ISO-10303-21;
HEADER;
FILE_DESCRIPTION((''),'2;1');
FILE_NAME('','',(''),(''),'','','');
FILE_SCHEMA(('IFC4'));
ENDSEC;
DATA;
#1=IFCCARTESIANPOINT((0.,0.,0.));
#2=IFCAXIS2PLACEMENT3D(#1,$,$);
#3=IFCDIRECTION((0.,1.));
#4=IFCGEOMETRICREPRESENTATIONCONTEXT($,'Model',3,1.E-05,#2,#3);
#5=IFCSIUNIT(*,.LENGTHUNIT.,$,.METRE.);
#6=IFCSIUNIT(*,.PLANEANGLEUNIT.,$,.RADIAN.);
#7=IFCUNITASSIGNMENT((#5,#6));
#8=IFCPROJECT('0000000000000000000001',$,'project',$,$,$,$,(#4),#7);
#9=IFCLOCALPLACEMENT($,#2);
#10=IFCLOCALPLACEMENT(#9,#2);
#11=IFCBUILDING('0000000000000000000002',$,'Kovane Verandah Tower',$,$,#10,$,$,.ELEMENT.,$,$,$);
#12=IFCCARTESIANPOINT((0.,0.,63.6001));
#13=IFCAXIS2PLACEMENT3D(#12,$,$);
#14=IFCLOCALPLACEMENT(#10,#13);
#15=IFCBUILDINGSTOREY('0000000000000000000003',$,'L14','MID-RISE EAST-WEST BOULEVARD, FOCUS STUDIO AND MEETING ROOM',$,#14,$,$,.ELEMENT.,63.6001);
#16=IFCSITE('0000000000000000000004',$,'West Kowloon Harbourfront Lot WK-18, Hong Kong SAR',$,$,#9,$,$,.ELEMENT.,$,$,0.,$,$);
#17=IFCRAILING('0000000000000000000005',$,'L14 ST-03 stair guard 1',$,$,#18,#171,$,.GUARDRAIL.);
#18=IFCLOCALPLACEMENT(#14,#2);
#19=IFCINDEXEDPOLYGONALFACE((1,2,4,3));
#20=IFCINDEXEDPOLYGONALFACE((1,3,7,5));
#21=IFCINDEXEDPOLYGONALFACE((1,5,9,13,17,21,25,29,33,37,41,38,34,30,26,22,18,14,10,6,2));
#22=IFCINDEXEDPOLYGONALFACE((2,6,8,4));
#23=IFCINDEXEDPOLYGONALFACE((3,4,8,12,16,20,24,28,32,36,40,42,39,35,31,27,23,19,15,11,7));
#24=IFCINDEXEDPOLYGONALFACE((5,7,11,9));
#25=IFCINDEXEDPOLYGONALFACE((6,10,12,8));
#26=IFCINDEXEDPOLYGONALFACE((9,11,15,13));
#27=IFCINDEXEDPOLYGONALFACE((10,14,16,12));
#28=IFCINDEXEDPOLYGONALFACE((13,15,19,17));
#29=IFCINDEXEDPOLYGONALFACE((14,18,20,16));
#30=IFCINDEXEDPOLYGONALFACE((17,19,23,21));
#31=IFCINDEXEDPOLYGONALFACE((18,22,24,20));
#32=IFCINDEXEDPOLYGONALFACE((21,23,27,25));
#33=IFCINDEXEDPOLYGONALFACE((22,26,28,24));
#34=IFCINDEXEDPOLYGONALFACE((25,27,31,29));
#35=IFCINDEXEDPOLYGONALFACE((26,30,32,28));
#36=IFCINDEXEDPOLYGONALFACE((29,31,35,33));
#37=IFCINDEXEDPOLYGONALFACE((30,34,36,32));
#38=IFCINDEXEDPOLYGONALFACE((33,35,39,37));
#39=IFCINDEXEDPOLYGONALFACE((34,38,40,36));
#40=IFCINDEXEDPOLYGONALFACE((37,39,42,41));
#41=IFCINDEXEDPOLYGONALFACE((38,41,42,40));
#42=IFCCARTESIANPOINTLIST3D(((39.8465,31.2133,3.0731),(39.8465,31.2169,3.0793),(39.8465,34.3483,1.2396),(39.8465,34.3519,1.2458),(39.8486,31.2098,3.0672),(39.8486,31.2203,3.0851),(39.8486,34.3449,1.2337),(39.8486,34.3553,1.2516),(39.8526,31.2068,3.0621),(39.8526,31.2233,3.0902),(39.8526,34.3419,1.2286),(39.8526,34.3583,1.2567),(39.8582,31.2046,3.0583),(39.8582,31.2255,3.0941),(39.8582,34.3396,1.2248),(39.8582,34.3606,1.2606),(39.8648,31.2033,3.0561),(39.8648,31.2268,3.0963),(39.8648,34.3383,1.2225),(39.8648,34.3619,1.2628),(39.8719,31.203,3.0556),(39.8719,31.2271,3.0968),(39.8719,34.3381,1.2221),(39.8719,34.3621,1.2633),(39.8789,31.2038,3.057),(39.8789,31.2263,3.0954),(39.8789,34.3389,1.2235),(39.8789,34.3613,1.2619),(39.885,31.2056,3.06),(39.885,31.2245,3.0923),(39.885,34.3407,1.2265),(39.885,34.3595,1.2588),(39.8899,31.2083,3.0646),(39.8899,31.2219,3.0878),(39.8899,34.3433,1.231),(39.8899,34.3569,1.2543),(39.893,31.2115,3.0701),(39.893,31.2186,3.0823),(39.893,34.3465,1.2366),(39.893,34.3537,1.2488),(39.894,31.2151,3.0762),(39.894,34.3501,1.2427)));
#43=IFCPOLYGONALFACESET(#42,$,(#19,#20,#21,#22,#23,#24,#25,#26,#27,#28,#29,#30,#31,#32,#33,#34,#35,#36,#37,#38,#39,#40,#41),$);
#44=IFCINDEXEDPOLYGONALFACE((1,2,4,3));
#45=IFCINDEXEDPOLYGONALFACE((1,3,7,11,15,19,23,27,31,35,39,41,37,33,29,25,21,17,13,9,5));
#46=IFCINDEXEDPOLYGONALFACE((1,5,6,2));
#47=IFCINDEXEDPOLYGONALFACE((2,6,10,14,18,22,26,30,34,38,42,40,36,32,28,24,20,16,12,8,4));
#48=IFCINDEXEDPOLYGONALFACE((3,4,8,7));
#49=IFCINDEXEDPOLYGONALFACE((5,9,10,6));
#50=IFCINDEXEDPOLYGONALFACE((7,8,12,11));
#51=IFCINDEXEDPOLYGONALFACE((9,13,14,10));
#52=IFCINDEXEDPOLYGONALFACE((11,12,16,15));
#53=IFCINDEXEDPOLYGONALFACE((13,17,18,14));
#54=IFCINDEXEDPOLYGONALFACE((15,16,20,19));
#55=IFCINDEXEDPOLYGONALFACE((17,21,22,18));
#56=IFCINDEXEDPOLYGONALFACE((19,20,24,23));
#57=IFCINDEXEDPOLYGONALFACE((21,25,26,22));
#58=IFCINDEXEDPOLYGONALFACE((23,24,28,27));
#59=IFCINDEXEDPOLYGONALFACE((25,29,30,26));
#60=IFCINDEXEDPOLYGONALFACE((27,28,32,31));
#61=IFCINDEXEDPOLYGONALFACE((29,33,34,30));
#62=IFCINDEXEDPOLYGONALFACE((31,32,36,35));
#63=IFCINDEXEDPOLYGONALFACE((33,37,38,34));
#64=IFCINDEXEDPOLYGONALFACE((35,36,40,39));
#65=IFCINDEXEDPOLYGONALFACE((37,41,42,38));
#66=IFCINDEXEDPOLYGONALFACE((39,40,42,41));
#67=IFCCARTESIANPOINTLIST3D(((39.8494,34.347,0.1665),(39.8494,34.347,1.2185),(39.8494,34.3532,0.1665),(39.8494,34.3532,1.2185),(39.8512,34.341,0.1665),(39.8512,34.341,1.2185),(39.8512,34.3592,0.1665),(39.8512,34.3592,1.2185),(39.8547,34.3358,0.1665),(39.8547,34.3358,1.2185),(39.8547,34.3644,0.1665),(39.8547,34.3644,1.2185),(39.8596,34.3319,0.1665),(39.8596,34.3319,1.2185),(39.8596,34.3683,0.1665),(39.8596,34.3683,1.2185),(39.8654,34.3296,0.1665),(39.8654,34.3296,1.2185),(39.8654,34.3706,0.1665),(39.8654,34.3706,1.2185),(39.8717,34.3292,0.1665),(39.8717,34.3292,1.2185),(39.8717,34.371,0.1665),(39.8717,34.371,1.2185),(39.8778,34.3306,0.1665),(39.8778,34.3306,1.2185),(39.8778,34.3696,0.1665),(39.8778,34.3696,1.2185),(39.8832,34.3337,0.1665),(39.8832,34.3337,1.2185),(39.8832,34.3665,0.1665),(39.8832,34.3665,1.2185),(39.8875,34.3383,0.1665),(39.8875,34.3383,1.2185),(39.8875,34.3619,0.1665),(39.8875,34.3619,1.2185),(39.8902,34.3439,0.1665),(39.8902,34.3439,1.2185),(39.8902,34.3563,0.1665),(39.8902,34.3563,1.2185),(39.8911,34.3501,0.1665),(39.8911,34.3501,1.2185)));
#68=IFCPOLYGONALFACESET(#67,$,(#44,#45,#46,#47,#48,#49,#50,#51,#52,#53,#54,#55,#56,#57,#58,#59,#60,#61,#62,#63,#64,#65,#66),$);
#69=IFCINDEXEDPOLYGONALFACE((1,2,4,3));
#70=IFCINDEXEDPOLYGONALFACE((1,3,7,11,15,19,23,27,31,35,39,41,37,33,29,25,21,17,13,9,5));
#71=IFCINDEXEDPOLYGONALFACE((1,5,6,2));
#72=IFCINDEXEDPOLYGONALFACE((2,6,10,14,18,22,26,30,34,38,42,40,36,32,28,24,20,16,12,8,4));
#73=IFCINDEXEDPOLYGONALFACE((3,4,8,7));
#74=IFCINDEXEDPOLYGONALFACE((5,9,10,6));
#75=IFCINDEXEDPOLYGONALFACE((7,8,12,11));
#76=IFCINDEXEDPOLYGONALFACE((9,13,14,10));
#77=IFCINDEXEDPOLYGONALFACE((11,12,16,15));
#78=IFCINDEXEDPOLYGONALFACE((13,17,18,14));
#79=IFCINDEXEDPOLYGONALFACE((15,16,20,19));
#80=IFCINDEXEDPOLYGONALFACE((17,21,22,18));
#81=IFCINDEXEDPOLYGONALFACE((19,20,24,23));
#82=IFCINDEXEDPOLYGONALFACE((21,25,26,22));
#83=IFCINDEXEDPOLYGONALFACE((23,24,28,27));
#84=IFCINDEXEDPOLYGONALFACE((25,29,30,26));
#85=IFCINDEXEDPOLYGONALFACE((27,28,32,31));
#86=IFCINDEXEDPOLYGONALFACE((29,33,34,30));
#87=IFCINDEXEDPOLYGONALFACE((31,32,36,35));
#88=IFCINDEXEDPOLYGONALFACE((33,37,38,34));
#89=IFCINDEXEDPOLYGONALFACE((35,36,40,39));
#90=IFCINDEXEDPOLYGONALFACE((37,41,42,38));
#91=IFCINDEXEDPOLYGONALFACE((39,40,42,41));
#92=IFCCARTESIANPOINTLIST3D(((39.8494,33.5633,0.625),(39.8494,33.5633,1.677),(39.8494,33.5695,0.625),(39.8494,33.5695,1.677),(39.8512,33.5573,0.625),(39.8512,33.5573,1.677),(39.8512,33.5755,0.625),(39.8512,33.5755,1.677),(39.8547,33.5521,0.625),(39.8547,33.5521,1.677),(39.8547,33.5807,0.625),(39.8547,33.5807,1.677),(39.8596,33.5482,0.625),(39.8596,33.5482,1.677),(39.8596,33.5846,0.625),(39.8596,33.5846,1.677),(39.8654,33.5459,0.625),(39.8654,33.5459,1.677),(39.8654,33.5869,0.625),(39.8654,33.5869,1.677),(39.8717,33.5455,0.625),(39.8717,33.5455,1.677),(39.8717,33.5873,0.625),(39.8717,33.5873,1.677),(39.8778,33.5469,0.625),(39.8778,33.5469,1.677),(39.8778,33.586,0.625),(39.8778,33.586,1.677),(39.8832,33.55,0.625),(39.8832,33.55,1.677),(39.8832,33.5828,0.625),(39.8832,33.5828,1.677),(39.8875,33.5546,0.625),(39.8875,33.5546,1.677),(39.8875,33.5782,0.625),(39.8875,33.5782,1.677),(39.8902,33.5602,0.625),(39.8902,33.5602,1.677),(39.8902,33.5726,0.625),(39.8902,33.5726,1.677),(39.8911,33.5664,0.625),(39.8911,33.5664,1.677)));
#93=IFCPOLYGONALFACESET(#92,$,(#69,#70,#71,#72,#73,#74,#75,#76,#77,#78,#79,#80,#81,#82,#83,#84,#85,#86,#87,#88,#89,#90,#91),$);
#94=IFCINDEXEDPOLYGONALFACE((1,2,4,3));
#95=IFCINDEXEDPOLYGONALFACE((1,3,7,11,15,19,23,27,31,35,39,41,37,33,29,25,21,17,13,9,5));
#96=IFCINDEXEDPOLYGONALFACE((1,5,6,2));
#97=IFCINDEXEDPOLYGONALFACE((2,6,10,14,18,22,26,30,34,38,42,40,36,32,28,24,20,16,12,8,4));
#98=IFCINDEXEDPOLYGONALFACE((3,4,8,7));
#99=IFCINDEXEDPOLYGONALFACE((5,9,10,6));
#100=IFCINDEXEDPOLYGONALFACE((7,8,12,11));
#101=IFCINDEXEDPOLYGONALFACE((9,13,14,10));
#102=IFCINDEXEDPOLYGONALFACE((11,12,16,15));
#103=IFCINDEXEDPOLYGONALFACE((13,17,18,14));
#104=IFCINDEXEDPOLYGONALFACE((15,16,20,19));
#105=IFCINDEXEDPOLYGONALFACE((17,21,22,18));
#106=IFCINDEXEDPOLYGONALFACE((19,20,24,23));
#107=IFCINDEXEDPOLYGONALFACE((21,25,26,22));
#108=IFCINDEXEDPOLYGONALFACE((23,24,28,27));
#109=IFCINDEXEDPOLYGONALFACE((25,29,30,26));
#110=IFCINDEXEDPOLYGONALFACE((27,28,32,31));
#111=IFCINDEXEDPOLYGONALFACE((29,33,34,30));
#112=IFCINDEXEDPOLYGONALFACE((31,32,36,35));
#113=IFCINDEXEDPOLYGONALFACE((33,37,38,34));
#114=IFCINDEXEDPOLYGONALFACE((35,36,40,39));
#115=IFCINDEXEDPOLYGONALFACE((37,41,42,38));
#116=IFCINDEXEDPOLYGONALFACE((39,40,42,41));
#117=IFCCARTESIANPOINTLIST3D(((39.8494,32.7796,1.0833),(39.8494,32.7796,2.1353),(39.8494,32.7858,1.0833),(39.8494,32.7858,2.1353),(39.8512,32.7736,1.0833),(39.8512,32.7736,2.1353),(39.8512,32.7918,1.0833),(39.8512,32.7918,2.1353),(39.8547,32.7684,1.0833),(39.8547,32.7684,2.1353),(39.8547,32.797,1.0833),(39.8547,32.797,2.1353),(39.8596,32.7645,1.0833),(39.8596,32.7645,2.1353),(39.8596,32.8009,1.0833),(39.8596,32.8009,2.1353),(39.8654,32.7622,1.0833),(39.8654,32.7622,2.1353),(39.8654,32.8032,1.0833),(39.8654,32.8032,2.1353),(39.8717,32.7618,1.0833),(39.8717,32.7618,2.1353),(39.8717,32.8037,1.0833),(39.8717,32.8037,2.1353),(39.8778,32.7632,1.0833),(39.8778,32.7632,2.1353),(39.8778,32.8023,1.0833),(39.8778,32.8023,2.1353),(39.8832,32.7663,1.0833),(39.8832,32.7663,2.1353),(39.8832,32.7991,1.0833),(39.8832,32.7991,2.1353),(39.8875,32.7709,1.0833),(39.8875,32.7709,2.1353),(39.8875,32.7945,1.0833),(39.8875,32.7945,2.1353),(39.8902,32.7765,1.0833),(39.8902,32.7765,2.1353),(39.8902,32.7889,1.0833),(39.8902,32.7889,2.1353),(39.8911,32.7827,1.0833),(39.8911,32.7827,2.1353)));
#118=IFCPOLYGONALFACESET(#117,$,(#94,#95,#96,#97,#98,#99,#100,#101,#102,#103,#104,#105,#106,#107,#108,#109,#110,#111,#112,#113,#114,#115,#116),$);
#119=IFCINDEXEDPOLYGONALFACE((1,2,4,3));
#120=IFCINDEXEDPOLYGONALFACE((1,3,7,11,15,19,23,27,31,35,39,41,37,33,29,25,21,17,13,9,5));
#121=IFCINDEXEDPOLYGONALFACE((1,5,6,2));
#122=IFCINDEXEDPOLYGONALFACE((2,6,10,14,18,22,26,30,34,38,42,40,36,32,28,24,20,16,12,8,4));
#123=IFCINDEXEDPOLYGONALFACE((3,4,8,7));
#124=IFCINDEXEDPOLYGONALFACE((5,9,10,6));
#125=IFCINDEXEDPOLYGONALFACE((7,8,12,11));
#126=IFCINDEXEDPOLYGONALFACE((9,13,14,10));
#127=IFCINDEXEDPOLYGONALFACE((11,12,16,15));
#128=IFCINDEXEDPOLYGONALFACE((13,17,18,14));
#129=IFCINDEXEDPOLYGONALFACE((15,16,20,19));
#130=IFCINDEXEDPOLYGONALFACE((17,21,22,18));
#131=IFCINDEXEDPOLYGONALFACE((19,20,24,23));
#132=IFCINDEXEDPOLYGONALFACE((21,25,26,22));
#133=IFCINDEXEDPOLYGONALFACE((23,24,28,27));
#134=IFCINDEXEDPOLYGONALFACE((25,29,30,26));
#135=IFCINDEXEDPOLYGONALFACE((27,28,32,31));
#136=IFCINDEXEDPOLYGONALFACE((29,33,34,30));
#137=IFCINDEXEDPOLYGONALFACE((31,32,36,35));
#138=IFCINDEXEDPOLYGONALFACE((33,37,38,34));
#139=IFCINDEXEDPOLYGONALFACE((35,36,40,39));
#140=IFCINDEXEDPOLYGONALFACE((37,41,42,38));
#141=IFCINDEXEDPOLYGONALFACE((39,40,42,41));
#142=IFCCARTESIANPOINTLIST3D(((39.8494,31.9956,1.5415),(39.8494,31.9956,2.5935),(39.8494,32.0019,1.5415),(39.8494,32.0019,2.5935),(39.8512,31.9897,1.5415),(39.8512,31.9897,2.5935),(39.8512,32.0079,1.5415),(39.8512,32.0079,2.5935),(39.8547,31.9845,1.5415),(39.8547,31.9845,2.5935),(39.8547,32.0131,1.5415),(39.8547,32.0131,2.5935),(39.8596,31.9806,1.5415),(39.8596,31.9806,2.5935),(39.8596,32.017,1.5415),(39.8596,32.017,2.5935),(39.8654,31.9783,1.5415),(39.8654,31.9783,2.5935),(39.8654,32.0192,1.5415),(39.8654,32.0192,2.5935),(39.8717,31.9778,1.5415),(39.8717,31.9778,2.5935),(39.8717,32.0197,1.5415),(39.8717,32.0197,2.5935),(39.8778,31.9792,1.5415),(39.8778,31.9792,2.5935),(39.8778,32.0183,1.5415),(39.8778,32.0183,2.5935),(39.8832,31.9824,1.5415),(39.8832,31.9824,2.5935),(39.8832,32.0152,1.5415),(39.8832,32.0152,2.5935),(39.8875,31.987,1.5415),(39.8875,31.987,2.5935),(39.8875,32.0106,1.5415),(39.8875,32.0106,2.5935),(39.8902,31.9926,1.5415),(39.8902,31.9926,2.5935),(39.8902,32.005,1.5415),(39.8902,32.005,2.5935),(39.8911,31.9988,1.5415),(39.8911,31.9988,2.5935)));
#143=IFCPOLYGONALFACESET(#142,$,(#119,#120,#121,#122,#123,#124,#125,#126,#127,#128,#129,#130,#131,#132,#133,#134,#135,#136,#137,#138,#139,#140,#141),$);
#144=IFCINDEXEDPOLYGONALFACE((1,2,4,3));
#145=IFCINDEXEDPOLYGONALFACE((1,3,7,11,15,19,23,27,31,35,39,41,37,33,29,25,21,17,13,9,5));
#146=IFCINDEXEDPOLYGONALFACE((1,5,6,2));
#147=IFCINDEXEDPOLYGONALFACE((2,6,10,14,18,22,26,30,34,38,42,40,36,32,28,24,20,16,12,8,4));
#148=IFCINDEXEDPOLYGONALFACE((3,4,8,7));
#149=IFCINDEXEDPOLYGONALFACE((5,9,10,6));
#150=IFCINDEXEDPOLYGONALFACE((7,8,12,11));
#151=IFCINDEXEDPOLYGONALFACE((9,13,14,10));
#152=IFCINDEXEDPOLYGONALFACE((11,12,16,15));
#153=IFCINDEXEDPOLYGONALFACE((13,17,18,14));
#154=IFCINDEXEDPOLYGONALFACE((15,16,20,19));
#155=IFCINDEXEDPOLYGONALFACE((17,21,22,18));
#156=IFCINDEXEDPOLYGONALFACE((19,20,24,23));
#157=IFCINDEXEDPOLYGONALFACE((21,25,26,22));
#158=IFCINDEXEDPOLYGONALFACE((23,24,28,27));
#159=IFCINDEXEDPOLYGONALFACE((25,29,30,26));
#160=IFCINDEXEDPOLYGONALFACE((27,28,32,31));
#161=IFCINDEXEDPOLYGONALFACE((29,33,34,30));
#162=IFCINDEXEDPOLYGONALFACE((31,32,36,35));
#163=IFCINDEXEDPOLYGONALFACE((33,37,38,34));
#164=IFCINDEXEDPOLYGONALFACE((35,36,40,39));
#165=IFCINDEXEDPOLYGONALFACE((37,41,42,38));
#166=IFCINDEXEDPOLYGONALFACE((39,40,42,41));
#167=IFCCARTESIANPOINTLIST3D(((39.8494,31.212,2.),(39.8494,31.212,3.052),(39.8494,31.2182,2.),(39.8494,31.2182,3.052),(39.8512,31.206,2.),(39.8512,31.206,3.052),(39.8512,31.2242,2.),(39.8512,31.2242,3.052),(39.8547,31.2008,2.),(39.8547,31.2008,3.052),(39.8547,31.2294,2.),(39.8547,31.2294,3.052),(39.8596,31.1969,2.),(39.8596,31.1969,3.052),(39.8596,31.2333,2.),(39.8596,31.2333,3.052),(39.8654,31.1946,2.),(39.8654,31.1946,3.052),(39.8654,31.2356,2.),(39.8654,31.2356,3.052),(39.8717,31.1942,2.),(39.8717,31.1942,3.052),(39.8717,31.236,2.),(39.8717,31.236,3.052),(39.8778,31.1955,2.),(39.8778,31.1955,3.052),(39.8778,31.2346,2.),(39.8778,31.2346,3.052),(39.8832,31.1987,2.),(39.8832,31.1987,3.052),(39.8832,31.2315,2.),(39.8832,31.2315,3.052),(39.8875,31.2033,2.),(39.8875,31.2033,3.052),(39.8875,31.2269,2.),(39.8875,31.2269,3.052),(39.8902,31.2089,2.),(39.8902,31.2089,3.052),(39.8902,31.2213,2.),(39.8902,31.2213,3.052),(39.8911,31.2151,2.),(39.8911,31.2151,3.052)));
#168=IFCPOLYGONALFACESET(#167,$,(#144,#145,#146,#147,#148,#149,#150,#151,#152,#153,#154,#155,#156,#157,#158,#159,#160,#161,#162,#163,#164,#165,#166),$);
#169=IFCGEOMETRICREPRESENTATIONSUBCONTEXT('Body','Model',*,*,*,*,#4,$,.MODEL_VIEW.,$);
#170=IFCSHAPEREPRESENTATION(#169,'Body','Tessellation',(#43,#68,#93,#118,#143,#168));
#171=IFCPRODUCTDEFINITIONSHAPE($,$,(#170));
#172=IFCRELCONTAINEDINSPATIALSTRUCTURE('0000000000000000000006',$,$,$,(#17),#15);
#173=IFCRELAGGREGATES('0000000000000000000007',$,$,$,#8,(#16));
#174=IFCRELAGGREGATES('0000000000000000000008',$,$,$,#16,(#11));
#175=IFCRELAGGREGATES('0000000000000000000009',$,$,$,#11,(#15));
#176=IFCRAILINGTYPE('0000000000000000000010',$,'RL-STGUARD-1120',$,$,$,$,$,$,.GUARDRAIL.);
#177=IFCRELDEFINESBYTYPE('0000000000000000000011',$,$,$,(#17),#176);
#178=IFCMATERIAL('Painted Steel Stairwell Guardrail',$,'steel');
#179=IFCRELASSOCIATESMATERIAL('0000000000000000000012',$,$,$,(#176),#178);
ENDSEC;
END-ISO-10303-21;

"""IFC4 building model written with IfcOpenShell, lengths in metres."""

from ifc_helpers import new_model, si_unit, direction, frame, origin, origin_2d, place, context, subcontext, project, spatial, circle, extrude, material, type_object, element, save


model = new_model("IFC4")

# Units and contexts
model_context = context("Model", 3, precision=1e-05, world=origin(), true_north=direction((0.0, 1.0)))
body_context = subcontext(model_context, "Body", "Model", "MODEL_VIEW")
ifc_project = project(units=[si_unit("LENGTHUNIT", "METRE"), si_unit("PLANEANGLEUNIT", "RADIAN")], contexts=[model_context])

# Site, building, storey
site_placement = place(None, origin())
site = spatial("IfcSite", under=ifc_project, at=site_placement, Name="West Kowloon Harbourfront Lot WK-18, Hong Kong SAR", CompositionType="ELEMENT", RefElevation=0.0)
building_placement = place(site_placement, origin())
building = spatial("IfcBuilding", under=site, at=building_placement, Name="Kovane Verandah Tower", CompositionType="ELEMENT")
storey_placement = place(building_placement, frame((0.0, 0.0, 63.6001)))
storey = spatial("IfcBuildingStorey", under=building, at=storey_placement, Name="L14", Description="MID-RISE EAST-WEST BOULEVARD, FOCUS STUDIO AND MEETING ROOM", CompositionType="ELEMENT", Elevation=63.6001)

# Railing
ifc_material_1 = material(Name="Painted Steel Stairwell Guardrail", Category="steel")
railing_type_1 = type_object("IfcRailingType", Name="RL-STGUARD-1120", PredefinedType="GUARDRAIL", material=ifc_material_1)
railing_1_placement = place(storey_placement, frame((39.8701, 34.3501, 0.1665)))
element("IfcRailing", 1, at=railing_1_placement, inside=storey, type_object=railing_type_1, Name="L14 ST-03 stair guard 1", PredefinedType="GUARDRAIL", context=body_context, shape_type="SweptSolid", body=[
    extrude(circle(Radius=0.0239, at=origin_2d()), frame((0.0, 0.0, 1.0762), z_axis=(0.0, -0.86321, 0.504845), x_axis=(1.0, 0.0, 0.0)), (0.0, 0.0, 1.0), 3.6318),
    extrude(circle(Radius=0.021, at=origin_2d()), origin(), (0.0, 0.0, 1.0), 1.052),
    extrude(circle(Radius=0.021, at=origin_2d()), frame((0.0, -0.7837, 0.4585)), (0.0, 0.0, 1.0), 1.052),
    extrude(circle(Radius=0.021, at=origin_2d()), frame((0.0, -1.5674, 0.9167)), (0.0, 0.0, 1.0), 1.052),
    extrude(circle(Radius=0.021, at=origin_2d()), frame((0.0, -2.3513, 1.375)), (0.0, 0.0, 1.0), 1.052),
    extrude(circle(Radius=0.021, at=origin_2d()), frame((0.0, -3.135, 1.8335)), (0.0, 0.0, 1.0), 1.052),
])

save(model, "model.ifc")
